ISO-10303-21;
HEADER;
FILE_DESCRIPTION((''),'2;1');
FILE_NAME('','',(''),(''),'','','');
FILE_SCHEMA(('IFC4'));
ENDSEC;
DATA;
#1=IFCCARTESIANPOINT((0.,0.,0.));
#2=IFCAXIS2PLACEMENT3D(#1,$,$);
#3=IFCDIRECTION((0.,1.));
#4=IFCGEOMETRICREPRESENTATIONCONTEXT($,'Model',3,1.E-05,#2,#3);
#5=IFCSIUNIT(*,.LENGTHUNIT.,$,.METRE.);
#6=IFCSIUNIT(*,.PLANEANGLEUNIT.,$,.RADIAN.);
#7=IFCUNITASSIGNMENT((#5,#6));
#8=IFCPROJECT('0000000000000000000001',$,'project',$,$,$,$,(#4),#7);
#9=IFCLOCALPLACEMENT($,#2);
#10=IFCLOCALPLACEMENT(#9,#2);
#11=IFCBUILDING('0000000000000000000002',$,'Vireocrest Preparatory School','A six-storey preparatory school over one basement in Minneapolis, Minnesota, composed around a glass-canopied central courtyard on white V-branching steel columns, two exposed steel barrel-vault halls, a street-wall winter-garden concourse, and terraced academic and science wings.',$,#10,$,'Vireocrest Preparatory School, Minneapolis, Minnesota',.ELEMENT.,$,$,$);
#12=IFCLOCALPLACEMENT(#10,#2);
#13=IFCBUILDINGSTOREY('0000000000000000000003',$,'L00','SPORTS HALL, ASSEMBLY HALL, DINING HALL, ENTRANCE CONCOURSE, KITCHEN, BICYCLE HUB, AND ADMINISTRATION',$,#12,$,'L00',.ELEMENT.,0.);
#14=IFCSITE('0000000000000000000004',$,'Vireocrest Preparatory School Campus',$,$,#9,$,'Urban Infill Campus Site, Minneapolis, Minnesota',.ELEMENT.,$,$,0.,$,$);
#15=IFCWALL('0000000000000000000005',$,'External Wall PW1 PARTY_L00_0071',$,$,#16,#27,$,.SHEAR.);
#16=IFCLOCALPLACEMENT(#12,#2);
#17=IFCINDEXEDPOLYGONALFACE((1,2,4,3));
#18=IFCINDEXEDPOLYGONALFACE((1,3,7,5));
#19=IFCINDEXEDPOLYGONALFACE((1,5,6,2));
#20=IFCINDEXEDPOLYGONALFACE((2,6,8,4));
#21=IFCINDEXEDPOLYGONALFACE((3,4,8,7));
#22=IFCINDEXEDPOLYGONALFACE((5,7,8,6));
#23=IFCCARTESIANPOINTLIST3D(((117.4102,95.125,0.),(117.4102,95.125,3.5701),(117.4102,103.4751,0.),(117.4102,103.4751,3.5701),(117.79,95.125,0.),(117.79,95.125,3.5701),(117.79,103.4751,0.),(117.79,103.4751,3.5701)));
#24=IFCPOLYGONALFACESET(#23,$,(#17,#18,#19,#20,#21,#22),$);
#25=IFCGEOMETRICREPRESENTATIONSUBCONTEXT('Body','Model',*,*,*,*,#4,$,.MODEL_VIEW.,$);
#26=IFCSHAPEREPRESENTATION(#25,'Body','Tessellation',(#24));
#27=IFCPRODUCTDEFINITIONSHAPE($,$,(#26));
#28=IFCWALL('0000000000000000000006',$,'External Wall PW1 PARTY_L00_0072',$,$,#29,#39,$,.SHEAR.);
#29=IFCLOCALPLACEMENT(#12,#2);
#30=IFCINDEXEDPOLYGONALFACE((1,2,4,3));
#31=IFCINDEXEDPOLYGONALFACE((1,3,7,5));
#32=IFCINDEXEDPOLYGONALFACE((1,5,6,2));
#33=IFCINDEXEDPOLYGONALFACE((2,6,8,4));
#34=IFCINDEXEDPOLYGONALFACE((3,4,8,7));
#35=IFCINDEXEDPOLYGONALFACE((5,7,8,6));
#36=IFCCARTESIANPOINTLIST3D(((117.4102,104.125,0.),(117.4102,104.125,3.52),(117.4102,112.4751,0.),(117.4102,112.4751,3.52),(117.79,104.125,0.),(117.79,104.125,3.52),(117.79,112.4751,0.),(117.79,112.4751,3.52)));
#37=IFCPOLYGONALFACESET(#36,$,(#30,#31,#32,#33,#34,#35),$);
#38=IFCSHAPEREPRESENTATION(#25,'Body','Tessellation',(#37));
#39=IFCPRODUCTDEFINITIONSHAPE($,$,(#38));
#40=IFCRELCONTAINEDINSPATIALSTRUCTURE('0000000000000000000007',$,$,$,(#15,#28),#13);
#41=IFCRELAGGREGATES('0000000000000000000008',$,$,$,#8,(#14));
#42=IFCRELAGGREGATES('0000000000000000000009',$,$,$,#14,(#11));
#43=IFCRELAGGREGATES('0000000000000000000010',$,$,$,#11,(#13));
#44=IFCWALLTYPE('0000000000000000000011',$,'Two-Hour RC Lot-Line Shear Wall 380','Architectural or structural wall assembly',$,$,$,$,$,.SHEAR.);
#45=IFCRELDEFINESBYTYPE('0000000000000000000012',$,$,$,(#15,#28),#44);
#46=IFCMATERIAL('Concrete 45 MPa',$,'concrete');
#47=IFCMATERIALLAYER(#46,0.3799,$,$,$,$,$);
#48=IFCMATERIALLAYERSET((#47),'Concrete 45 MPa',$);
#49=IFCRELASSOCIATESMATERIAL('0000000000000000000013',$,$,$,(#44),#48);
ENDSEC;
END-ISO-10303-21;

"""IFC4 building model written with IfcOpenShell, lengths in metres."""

from ifc_helpers import new_model, si_unit, direction, frame, frame_2d, origin, place, context, subcontext, project, spatial, rectangle, extrude, material, layer, layer_set, type_object, element, save


model = new_model("IFC4")

# Units and contexts
model_context = context("Model", 3, precision=1e-05, world=origin(), true_north=direction((0.0, 1.0)))
body_context = subcontext(model_context, "Body", "Model", "MODEL_VIEW")
ifc_project = project(units=[si_unit("LENGTHUNIT", "METRE"), si_unit("PLANEANGLEUNIT", "RADIAN")], contexts=[model_context])

# Site, building, storey
site_placement = place(None, origin())
site = spatial("IfcSite", under=ifc_project, at=site_placement, Name="Vireocrest Preparatory School Campus", LongName="Urban Infill Campus Site, Minneapolis, Minnesota", CompositionType="ELEMENT", RefElevation=0.0)
building_placement = place(site_placement, origin())
building = spatial("IfcBuilding", under=site, at=building_placement, Name="Vireocrest Preparatory School", Description="A six-storey preparatory school over one basement in Minneapolis, Minnesota, composed around a glass-canopied central courtyard on white V-branching steel columns, two exposed steel barrel-vault halls, a street-wall winter-garden concourse, and terraced academic and science wings.", LongName="Vireocrest Preparatory School, Minneapolis, Minnesota", CompositionType="ELEMENT")
storey_placement = place(building_placement, origin())
storey = spatial("IfcBuildingStorey", under=building, at=storey_placement, Name="L00", Description="SPORTS HALL, ASSEMBLY HALL, DINING HALL, ENTRANCE CONCOURSE, KITCHEN, BICYCLE HUB, AND ADMINISTRATION", LongName="L00", CompositionType="ELEMENT", Elevation=0.0)

# Shared definitions
ifc_material_1 = material(Name="Concrete 45 MPa", Category="concrete")

# Walls
ifc_layer_1 = layer(ifc_material_1, 0.3799)
ifc_layer_set_1 = layer_set([ifc_layer_1], Name="Concrete 45 MPa")
wall_type_1 = type_object("IfcWallType", Name="Two-Hour RC Lot-Line Shear Wall 380", Description="Architectural or structural wall assembly", PredefinedType="SHEAR", material=ifc_layer_set_1)
for number, where, z_axis, x_axis, name in (
    (1, (117.6001, 95.125, 0.0), (0.0, 0.0, 1.0), (0.0, 1.0, 0.0), "External Wall PW1 PARTY_L00_0071"),
):
    element("IfcWall", number, at=place(storey_placement, frame(where, z_axis=z_axis, x_axis=x_axis)), inside=storey, type_object=wall_type_1, Name=name, PredefinedType="SHEAR", context=body_context, shape_type="SweptSolid", body=[
        extrude(rectangle(XDim=8.3501, YDim=0.3799, at=frame_2d((4.175, 0.0))), origin(), (0.0, 0.0, 1.0), 3.5701),
    ])
wall_1_placement = place(storey_placement, frame((117.6001, 104.125, 0.0), z_axis=(0.0, 0.0, 1.0), x_axis=(0.0, 1.0, 0.0)))
element("IfcWall", 2, at=wall_1_placement, inside=storey, type_object=wall_type_1, Name="External Wall PW1 PARTY_L00_0072", PredefinedType="SHEAR", context=body_context, shape_type="SweptSolid", body=[
    extrude(rectangle(XDim=8.3501, YDim=0.3799, at=frame_2d((4.175, 0.0))), origin(), (0.0, 0.0, 1.0), 3.52),
])

save(model, "model.ifc")
